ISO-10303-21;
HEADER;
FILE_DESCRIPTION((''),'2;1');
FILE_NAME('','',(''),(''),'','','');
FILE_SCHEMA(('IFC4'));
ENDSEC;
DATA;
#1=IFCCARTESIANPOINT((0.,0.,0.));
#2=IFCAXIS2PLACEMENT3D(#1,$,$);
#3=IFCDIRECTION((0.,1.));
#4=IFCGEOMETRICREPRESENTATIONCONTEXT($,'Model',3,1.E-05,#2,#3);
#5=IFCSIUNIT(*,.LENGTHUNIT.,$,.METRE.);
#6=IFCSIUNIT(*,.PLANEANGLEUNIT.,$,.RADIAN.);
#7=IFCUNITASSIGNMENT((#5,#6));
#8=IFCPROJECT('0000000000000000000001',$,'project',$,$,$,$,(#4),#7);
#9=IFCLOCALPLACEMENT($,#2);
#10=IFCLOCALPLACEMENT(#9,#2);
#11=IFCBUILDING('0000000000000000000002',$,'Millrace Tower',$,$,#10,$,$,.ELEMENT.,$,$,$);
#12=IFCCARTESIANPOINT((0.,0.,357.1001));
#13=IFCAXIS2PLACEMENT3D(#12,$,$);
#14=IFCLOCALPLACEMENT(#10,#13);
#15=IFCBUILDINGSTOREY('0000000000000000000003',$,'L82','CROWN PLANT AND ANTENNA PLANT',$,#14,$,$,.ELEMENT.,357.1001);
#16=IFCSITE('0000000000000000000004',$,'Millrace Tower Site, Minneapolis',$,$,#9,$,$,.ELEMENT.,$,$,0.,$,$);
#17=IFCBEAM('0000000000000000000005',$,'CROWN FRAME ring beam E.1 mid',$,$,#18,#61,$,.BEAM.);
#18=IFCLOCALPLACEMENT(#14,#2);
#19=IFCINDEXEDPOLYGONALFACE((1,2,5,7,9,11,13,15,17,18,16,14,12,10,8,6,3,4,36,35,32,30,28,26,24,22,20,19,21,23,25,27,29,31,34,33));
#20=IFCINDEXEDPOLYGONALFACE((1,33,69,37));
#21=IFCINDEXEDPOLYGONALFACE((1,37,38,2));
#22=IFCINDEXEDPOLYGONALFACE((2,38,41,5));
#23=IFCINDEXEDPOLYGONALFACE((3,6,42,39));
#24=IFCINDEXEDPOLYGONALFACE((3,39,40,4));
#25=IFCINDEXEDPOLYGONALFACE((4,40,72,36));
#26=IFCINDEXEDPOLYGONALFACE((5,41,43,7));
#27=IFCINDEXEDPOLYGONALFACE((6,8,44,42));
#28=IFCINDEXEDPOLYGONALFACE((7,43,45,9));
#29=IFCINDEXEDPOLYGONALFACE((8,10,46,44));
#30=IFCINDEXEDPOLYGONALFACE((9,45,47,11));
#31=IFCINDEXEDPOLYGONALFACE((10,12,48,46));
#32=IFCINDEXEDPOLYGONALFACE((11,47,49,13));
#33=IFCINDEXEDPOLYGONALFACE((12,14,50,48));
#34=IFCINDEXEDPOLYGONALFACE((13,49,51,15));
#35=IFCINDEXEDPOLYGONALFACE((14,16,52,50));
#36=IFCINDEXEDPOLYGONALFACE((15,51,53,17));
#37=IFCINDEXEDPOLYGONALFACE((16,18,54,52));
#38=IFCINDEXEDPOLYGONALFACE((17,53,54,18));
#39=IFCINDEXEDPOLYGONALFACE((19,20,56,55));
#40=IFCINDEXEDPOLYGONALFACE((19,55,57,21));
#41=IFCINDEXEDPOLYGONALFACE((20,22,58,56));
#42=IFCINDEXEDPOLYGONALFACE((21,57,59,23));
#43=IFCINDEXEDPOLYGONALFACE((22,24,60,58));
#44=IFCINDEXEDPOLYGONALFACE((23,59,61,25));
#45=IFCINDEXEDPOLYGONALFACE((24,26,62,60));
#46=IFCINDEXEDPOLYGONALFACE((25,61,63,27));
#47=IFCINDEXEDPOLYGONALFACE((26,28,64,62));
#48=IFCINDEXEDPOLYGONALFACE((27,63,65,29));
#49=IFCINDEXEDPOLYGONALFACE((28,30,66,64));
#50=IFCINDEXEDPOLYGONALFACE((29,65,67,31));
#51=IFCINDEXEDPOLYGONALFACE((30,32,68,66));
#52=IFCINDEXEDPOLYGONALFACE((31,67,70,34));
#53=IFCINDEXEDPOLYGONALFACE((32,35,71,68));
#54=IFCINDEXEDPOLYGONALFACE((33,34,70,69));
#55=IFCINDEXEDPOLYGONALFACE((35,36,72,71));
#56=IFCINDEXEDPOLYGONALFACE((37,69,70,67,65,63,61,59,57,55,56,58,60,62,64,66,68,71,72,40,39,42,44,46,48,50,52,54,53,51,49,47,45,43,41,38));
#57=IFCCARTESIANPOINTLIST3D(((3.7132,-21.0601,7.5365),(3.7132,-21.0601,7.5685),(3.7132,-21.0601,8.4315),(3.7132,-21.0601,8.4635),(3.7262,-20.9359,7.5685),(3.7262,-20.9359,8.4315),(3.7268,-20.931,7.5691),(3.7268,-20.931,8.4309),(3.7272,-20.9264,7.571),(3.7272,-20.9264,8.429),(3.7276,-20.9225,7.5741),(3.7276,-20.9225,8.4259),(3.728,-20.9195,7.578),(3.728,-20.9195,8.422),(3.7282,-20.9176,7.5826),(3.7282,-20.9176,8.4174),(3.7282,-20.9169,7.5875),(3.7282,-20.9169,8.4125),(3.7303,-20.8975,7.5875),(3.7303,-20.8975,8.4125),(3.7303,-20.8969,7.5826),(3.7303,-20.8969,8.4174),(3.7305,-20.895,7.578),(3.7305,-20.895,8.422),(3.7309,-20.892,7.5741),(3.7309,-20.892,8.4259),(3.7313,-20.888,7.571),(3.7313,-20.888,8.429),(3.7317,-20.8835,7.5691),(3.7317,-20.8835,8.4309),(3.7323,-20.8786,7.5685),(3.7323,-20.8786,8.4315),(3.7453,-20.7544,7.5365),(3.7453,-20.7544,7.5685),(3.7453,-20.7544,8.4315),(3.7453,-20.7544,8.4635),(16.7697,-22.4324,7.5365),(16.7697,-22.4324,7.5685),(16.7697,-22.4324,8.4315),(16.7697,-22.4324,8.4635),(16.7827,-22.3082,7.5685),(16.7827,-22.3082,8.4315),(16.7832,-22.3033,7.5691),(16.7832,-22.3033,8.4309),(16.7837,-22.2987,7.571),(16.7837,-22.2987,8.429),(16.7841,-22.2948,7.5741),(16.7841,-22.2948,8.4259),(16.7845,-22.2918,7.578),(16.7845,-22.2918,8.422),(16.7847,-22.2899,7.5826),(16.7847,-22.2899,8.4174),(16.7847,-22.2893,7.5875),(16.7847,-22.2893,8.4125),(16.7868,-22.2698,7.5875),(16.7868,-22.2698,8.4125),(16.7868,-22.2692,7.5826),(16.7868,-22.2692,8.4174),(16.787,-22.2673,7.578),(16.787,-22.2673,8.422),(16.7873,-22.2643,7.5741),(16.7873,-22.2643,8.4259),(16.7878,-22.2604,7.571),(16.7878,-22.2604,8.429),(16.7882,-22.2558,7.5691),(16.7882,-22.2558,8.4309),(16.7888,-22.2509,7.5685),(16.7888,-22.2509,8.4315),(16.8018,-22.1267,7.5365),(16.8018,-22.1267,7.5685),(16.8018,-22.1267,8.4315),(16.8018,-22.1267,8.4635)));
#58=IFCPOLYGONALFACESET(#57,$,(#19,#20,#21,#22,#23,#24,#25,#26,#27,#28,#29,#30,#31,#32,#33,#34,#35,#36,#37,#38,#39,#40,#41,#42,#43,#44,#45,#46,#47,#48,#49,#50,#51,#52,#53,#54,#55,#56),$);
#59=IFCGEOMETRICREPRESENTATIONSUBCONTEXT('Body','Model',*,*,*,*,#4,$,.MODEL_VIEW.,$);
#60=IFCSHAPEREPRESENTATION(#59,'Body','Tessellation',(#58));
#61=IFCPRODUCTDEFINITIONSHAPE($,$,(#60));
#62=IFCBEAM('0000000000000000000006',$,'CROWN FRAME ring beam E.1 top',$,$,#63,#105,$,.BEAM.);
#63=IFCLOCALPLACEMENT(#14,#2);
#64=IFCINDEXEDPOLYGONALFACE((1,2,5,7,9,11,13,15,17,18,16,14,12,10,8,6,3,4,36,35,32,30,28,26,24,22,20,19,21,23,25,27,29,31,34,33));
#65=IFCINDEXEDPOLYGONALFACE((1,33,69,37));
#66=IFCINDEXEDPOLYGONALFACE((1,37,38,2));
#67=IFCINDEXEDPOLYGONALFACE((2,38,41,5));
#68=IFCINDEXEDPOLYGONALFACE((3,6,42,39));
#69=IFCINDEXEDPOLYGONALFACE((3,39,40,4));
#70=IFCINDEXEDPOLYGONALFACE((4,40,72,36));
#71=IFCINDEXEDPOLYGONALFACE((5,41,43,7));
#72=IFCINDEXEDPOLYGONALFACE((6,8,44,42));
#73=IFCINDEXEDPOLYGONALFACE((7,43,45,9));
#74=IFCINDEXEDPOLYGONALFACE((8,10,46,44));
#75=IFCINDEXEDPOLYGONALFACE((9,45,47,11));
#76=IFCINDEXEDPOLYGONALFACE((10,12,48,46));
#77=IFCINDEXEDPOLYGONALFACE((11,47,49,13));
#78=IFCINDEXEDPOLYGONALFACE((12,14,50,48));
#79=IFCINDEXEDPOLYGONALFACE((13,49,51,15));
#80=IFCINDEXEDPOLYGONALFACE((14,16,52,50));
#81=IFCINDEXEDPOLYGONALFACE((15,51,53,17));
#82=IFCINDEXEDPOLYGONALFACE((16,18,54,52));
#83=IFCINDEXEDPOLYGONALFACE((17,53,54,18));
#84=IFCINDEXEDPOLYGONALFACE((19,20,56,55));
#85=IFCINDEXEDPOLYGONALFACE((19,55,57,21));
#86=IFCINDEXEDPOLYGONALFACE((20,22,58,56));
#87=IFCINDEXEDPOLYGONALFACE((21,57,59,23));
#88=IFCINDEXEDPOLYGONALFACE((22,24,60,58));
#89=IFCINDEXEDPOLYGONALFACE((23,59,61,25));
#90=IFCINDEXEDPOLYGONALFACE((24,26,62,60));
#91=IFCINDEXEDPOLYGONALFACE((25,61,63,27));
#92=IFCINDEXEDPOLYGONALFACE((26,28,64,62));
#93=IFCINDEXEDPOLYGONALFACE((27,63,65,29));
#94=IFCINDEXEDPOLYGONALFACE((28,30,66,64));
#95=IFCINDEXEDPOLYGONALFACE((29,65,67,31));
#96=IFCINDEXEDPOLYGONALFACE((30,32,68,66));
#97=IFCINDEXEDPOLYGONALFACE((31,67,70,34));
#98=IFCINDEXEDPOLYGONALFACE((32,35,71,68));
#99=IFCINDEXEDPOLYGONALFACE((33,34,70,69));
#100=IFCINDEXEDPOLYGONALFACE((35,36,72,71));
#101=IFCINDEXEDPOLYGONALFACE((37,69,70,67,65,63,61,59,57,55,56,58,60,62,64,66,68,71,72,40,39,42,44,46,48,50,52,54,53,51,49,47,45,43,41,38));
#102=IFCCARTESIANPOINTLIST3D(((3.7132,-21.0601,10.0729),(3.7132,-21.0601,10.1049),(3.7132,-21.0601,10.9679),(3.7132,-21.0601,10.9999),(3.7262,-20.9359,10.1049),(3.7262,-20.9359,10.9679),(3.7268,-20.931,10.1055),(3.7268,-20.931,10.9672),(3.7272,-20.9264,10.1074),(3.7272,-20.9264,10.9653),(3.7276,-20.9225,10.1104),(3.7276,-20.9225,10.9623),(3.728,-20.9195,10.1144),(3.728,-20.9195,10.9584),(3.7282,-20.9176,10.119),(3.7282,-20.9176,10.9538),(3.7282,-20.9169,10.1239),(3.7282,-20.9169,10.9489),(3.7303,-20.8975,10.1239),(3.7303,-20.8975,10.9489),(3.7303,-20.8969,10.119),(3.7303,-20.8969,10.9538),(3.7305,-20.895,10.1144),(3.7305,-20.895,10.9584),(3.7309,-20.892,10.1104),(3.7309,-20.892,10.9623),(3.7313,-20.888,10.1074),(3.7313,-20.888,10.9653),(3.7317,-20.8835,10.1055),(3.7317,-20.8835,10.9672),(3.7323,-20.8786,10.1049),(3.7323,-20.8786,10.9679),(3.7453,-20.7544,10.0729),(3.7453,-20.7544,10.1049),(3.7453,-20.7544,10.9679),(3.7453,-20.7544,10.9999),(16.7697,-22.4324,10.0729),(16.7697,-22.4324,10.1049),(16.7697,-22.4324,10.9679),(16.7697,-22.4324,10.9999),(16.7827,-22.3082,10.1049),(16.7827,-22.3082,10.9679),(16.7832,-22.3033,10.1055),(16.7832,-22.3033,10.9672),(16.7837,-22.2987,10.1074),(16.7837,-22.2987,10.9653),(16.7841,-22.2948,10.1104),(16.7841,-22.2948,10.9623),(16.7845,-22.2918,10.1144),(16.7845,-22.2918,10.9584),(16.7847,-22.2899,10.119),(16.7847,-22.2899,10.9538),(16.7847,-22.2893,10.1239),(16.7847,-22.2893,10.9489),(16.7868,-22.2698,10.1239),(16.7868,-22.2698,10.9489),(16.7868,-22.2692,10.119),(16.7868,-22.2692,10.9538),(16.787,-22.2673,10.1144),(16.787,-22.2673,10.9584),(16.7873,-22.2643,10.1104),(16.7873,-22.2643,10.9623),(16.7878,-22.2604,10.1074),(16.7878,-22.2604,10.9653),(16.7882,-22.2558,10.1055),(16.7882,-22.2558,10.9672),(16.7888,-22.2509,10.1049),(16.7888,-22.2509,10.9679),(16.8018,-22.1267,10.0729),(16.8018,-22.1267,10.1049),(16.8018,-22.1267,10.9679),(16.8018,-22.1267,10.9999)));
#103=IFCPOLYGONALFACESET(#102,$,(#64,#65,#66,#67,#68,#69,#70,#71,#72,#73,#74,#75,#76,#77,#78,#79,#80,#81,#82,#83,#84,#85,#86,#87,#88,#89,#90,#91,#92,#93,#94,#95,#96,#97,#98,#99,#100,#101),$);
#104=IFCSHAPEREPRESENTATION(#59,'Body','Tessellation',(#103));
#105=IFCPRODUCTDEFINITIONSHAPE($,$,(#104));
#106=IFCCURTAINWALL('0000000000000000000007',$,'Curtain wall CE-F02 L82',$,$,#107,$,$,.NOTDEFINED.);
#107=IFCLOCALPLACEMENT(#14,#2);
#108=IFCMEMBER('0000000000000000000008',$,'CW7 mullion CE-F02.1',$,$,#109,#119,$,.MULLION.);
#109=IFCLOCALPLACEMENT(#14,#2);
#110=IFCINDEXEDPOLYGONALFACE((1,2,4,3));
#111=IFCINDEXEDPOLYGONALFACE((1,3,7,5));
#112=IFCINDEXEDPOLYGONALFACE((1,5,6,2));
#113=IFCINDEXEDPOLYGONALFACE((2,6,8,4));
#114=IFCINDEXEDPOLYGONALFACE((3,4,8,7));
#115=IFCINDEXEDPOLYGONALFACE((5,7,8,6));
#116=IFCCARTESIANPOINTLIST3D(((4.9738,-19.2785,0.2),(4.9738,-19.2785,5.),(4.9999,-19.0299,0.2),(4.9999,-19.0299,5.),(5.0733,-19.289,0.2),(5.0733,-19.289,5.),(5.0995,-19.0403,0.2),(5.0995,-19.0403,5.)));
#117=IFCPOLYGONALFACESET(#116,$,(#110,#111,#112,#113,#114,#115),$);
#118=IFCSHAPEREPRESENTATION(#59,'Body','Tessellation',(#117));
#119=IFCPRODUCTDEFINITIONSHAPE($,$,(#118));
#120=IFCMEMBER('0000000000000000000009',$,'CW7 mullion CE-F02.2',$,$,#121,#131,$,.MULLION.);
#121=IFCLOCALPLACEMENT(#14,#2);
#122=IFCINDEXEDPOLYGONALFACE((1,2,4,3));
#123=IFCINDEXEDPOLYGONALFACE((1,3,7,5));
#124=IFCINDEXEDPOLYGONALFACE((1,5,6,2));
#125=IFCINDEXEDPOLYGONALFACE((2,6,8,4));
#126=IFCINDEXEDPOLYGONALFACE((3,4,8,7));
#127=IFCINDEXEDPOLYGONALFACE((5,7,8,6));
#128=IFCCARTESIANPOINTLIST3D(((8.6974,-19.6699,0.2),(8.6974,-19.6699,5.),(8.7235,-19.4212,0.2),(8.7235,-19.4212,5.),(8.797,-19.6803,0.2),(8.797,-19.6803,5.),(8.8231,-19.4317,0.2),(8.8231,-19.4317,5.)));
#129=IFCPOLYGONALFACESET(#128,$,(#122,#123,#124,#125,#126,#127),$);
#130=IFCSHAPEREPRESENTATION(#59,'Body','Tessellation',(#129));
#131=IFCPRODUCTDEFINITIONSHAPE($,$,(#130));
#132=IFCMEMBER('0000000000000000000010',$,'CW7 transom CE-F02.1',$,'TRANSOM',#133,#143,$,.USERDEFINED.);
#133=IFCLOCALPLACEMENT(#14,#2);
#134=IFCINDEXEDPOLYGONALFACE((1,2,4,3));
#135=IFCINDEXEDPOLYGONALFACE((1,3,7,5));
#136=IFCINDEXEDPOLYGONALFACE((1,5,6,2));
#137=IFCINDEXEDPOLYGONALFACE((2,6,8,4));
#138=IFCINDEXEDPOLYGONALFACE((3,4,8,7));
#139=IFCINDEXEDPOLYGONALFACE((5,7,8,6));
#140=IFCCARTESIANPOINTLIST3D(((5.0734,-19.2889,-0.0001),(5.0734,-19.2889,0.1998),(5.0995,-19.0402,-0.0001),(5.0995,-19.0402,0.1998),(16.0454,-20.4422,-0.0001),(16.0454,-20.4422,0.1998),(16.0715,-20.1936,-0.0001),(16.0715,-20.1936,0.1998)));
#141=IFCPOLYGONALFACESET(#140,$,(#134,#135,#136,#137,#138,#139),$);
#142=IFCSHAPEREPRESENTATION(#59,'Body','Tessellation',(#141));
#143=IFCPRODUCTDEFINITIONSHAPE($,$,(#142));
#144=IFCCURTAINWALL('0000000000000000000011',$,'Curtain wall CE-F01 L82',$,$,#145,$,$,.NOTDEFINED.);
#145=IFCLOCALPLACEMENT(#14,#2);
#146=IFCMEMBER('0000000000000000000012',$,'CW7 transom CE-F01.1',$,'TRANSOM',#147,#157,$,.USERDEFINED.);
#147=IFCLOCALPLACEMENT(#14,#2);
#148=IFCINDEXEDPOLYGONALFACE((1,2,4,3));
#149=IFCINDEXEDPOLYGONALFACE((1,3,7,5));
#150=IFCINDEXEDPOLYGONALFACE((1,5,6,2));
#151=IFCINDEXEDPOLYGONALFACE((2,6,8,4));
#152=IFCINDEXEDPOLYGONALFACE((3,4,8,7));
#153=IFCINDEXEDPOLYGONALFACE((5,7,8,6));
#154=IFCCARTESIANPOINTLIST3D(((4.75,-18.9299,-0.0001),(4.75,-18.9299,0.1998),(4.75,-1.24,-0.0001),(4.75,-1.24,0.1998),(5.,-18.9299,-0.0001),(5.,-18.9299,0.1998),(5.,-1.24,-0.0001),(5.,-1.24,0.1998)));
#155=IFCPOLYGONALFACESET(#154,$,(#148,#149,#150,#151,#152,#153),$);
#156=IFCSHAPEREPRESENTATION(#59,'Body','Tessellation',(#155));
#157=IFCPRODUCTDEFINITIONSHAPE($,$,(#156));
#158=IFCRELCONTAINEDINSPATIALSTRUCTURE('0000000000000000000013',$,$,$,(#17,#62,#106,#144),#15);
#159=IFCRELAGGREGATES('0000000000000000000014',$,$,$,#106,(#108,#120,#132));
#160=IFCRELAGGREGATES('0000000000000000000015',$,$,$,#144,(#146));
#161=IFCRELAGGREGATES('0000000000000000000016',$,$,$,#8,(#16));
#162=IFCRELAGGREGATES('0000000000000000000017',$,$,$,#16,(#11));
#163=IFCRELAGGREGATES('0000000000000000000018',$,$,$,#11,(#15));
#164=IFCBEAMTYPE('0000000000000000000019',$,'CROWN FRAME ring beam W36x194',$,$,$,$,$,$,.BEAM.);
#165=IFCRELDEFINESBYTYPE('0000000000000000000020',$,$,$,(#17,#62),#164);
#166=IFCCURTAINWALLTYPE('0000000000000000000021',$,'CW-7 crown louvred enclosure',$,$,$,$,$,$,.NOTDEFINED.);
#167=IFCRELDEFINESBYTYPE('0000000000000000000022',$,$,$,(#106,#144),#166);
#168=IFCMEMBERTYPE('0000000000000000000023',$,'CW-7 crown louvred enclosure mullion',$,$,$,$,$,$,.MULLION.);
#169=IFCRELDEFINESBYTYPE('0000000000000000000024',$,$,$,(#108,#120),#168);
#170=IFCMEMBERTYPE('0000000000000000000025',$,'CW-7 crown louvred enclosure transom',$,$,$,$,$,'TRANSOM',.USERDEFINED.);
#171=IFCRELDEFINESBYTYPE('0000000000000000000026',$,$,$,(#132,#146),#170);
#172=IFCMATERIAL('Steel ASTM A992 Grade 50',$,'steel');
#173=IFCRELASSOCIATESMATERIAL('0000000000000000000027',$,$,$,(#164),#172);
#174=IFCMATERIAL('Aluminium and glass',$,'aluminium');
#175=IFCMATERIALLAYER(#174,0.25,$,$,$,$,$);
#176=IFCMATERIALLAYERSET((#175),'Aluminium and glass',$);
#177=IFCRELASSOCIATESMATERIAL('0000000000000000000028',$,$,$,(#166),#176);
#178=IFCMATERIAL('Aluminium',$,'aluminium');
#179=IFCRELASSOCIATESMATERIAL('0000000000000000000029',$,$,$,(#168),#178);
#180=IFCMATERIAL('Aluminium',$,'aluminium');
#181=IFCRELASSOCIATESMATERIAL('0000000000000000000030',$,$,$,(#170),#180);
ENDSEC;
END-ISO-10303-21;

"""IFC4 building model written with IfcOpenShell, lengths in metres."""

from ifc_helpers import new_model, si_unit, direction, frame, origin, origin_2d, place, context, subcontext, project, spatial, rectangle, i_section, extrude, material, layer, layer_set, material_profile, profile_set, type_object, element, aggregate, save


model = new_model("IFC4")

# Units and contexts
model_context = context("Model", 3, precision=1e-05, world=origin(), true_north=direction((0.0, 1.0)))
body_context = subcontext(model_context, "Body", "Model", "MODEL_VIEW")
ifc_project = project(units=[si_unit("LENGTHUNIT", "METRE"), si_unit("PLANEANGLEUNIT", "RADIAN")], contexts=[model_context])

# Site, building, storey
site_placement = place(None, origin())
site = spatial("IfcSite", under=ifc_project, at=site_placement, Name="Millrace Tower Site, Minneapolis", CompositionType="ELEMENT", RefElevation=0.0)
building_placement = place(site_placement, origin())
building = spatial("IfcBuilding", under=site, at=building_placement, Name="Millrace Tower", CompositionType="ELEMENT")
storey_placement = place(building_placement, frame((0.0, 0.0, 357.1001)))
storey = spatial("IfcBuildingStorey", under=building, at=storey_placement, Name="L82", Description="CROWN PLANT AND ANTENNA PLANT", CompositionType="ELEMENT", Elevation=357.1001)

# Beams
ifc_material_1 = material(Name="Steel ASTM A992 Grade 50", Category="steel")
ifc_material_profile_1 = material_profile(ifc_material_1, i_section(OverallWidth=0.3074, OverallDepth=0.927, WebThickness=0.0195, FlangeThickness=0.032, FilletRadius=0.019, at=origin_2d()))
ifc_profile_set_1 = profile_set([ifc_material_profile_1], Name="Steel ASTM A992 Grade 50")
beam_type_1 = type_object("IfcBeamType", Name="CROWN FRAME ring beam W36x194", PredefinedType="BEAM", material=ifc_profile_set_1)
for number, where, z_axis, x_axis, name in (
    (1, (3.7292, -20.9072, 8.0), (0.994522, -0.104531, 0.0), (0.104531, 0.994522, 0.0), "CROWN FRAME ring beam E.1 mid"),
    (2, (3.7292, -20.9072, 10.5364), (0.994522, -0.104531, 0.0), (0.104531, 0.994522, 0.0), "CROWN FRAME ring beam E.1 top"),
):
    element("IfcBeam", number, at=place(storey_placement, frame(where, z_axis=z_axis, x_axis=x_axis)), inside=storey, type_object=beam_type_1, Name=name, PredefinedType="BEAM", context=body_context, shape_type="SweptSolid", body=[
        extrude(i_section(OverallWidth=0.3074, OverallDepth=0.927, WebThickness=0.0195, FlangeThickness=0.032, FilletRadius=0.019, at=origin_2d()), origin(), (0.0, 0.0, 1.0), 13.1284),
    ])

# Curtain wall, members
ifc_material_2 = material(Name="Aluminium and glass", Category="aluminium")
ifc_layer_1 = layer(ifc_material_2, 0.25)
ifc_layer_set_1 = layer_set([ifc_layer_1], Name="Aluminium and glass")
curtain_wall_type = type_object("IfcCurtainWallType", Name="CW-7 crown louvred enclosure", PredefinedType="NOTDEFINED", material=ifc_layer_set_1)
placement = place(storey_placement, origin())
curtain_wall_1 = element("IfcCurtainWall", 3, at=placement, inside=storey, type_object=curtain_wall_type, Name="Curtain wall CE-F02 L82", PredefinedType="NOTDEFINED")
ifc_material_3 = material(Name="Aluminium", Category="aluminium")
ifc_material_profile_2 = material_profile(ifc_material_3, rectangle(XDim=0.1001, YDim=0.25, at=origin_2d()))
ifc_profile_set_2 = profile_set([ifc_material_profile_2], Name="Aluminium")
member_type_1 = type_object("IfcMemberType", Name="CW-7 crown louvred enclosure mullion", PredefinedType="MULLION", material=ifc_profile_set_2)
member_1_placement = place(storey_placement, frame((5.0366, -19.1594, 0.2), z_axis=(0.0, 0.0, 1.0), x_axis=(0.994522, -0.104528, 0.0)))
member_1 = element("IfcMember", 4, at=member_1_placement, type_object=member_type_1, Name="CW7 mullion CE-F02.1", PredefinedType="MULLION", context=body_context, shape_type="SweptSolid", body=[
    extrude(rectangle(XDim=0.1001, YDim=0.25, at=origin_2d()), origin(), (0.0, 0.0, 1.0), 4.8),
])
member_2_placement = place(storey_placement, frame((8.7603, -19.5508, 0.2), z_axis=(0.0, 0.0, 1.0), x_axis=(0.994522, -0.104528, 0.0)))
member_2 = element("IfcMember", 5, at=member_2_placement, type_object=member_type_1, Name="CW7 mullion CE-F02.2", PredefinedType="MULLION", context=body_context, shape_type="SweptSolid", body=[
    extrude(rectangle(XDim=0.1001, YDim=0.25, at=origin_2d()), origin(), (0.0, 0.0, 1.0), 4.8),
])
ifc_material_4 = material(Name="Aluminium", Category="aluminium")
ifc_material_profile_3 = material_profile(ifc_material_4, rectangle(XDim=0.25, YDim=0.2, at=origin_2d()))
ifc_profile_set_3 = profile_set([ifc_material_profile_3], Name="Aluminium")
member_type_2 = type_object("IfcMemberType", Name="CW-7 crown louvred enclosure transom", ElementType="TRANSOM", PredefinedType="USERDEFINED", material=ifc_profile_set_3)
member_3_placement = place(storey_placement, frame((5.0864, -19.1646, 0.0999), z_axis=(0.994521, -0.10454, 0.0), x_axis=(0.10454, 0.994521, 0.0)))
member_3 = element("IfcMember", 6, at=member_3_placement, type_object=member_type_2, Name="CW7 transom CE-F02.1", ObjectType="TRANSOM", PredefinedType="USERDEFINED", context=body_context, shape_type="SweptSolid", body=[
    extrude(rectangle(XDim=0.25, YDim=0.2, at=origin_2d()), origin(), (0.0, 0.0, 1.0), 11.0325),
])
aggregate(curtain_wall_1, [member_1, member_2, member_3])

# Curtain wall, member
curtain_wall_2 = element("IfcCurtainWall", 7, at=placement, inside=storey, type_object=curtain_wall_type, Name="Curtain wall CE-F01 L82", PredefinedType="NOTDEFINED")
member_4_placement = place(storey_placement, frame((4.875, -18.9299, 0.0999), z_axis=(0.0, 1.0, 0.0), x_axis=(-1.0, 0.0, 0.0)))
member_4 = element("IfcMember", 8, at=member_4_placement, type_object=member_type_2, Name="CW7 transom CE-F01.1", ObjectType="TRANSOM", PredefinedType="USERDEFINED", context=body_context, shape_type="SweptSolid", body=[
    extrude(rectangle(XDim=0.25, YDim=0.2, at=origin_2d()), origin(), (0.0, 0.0, 1.0), 17.6899),
])
aggregate(curtain_wall_2, [member_4])

save(model, "model.ifc")
